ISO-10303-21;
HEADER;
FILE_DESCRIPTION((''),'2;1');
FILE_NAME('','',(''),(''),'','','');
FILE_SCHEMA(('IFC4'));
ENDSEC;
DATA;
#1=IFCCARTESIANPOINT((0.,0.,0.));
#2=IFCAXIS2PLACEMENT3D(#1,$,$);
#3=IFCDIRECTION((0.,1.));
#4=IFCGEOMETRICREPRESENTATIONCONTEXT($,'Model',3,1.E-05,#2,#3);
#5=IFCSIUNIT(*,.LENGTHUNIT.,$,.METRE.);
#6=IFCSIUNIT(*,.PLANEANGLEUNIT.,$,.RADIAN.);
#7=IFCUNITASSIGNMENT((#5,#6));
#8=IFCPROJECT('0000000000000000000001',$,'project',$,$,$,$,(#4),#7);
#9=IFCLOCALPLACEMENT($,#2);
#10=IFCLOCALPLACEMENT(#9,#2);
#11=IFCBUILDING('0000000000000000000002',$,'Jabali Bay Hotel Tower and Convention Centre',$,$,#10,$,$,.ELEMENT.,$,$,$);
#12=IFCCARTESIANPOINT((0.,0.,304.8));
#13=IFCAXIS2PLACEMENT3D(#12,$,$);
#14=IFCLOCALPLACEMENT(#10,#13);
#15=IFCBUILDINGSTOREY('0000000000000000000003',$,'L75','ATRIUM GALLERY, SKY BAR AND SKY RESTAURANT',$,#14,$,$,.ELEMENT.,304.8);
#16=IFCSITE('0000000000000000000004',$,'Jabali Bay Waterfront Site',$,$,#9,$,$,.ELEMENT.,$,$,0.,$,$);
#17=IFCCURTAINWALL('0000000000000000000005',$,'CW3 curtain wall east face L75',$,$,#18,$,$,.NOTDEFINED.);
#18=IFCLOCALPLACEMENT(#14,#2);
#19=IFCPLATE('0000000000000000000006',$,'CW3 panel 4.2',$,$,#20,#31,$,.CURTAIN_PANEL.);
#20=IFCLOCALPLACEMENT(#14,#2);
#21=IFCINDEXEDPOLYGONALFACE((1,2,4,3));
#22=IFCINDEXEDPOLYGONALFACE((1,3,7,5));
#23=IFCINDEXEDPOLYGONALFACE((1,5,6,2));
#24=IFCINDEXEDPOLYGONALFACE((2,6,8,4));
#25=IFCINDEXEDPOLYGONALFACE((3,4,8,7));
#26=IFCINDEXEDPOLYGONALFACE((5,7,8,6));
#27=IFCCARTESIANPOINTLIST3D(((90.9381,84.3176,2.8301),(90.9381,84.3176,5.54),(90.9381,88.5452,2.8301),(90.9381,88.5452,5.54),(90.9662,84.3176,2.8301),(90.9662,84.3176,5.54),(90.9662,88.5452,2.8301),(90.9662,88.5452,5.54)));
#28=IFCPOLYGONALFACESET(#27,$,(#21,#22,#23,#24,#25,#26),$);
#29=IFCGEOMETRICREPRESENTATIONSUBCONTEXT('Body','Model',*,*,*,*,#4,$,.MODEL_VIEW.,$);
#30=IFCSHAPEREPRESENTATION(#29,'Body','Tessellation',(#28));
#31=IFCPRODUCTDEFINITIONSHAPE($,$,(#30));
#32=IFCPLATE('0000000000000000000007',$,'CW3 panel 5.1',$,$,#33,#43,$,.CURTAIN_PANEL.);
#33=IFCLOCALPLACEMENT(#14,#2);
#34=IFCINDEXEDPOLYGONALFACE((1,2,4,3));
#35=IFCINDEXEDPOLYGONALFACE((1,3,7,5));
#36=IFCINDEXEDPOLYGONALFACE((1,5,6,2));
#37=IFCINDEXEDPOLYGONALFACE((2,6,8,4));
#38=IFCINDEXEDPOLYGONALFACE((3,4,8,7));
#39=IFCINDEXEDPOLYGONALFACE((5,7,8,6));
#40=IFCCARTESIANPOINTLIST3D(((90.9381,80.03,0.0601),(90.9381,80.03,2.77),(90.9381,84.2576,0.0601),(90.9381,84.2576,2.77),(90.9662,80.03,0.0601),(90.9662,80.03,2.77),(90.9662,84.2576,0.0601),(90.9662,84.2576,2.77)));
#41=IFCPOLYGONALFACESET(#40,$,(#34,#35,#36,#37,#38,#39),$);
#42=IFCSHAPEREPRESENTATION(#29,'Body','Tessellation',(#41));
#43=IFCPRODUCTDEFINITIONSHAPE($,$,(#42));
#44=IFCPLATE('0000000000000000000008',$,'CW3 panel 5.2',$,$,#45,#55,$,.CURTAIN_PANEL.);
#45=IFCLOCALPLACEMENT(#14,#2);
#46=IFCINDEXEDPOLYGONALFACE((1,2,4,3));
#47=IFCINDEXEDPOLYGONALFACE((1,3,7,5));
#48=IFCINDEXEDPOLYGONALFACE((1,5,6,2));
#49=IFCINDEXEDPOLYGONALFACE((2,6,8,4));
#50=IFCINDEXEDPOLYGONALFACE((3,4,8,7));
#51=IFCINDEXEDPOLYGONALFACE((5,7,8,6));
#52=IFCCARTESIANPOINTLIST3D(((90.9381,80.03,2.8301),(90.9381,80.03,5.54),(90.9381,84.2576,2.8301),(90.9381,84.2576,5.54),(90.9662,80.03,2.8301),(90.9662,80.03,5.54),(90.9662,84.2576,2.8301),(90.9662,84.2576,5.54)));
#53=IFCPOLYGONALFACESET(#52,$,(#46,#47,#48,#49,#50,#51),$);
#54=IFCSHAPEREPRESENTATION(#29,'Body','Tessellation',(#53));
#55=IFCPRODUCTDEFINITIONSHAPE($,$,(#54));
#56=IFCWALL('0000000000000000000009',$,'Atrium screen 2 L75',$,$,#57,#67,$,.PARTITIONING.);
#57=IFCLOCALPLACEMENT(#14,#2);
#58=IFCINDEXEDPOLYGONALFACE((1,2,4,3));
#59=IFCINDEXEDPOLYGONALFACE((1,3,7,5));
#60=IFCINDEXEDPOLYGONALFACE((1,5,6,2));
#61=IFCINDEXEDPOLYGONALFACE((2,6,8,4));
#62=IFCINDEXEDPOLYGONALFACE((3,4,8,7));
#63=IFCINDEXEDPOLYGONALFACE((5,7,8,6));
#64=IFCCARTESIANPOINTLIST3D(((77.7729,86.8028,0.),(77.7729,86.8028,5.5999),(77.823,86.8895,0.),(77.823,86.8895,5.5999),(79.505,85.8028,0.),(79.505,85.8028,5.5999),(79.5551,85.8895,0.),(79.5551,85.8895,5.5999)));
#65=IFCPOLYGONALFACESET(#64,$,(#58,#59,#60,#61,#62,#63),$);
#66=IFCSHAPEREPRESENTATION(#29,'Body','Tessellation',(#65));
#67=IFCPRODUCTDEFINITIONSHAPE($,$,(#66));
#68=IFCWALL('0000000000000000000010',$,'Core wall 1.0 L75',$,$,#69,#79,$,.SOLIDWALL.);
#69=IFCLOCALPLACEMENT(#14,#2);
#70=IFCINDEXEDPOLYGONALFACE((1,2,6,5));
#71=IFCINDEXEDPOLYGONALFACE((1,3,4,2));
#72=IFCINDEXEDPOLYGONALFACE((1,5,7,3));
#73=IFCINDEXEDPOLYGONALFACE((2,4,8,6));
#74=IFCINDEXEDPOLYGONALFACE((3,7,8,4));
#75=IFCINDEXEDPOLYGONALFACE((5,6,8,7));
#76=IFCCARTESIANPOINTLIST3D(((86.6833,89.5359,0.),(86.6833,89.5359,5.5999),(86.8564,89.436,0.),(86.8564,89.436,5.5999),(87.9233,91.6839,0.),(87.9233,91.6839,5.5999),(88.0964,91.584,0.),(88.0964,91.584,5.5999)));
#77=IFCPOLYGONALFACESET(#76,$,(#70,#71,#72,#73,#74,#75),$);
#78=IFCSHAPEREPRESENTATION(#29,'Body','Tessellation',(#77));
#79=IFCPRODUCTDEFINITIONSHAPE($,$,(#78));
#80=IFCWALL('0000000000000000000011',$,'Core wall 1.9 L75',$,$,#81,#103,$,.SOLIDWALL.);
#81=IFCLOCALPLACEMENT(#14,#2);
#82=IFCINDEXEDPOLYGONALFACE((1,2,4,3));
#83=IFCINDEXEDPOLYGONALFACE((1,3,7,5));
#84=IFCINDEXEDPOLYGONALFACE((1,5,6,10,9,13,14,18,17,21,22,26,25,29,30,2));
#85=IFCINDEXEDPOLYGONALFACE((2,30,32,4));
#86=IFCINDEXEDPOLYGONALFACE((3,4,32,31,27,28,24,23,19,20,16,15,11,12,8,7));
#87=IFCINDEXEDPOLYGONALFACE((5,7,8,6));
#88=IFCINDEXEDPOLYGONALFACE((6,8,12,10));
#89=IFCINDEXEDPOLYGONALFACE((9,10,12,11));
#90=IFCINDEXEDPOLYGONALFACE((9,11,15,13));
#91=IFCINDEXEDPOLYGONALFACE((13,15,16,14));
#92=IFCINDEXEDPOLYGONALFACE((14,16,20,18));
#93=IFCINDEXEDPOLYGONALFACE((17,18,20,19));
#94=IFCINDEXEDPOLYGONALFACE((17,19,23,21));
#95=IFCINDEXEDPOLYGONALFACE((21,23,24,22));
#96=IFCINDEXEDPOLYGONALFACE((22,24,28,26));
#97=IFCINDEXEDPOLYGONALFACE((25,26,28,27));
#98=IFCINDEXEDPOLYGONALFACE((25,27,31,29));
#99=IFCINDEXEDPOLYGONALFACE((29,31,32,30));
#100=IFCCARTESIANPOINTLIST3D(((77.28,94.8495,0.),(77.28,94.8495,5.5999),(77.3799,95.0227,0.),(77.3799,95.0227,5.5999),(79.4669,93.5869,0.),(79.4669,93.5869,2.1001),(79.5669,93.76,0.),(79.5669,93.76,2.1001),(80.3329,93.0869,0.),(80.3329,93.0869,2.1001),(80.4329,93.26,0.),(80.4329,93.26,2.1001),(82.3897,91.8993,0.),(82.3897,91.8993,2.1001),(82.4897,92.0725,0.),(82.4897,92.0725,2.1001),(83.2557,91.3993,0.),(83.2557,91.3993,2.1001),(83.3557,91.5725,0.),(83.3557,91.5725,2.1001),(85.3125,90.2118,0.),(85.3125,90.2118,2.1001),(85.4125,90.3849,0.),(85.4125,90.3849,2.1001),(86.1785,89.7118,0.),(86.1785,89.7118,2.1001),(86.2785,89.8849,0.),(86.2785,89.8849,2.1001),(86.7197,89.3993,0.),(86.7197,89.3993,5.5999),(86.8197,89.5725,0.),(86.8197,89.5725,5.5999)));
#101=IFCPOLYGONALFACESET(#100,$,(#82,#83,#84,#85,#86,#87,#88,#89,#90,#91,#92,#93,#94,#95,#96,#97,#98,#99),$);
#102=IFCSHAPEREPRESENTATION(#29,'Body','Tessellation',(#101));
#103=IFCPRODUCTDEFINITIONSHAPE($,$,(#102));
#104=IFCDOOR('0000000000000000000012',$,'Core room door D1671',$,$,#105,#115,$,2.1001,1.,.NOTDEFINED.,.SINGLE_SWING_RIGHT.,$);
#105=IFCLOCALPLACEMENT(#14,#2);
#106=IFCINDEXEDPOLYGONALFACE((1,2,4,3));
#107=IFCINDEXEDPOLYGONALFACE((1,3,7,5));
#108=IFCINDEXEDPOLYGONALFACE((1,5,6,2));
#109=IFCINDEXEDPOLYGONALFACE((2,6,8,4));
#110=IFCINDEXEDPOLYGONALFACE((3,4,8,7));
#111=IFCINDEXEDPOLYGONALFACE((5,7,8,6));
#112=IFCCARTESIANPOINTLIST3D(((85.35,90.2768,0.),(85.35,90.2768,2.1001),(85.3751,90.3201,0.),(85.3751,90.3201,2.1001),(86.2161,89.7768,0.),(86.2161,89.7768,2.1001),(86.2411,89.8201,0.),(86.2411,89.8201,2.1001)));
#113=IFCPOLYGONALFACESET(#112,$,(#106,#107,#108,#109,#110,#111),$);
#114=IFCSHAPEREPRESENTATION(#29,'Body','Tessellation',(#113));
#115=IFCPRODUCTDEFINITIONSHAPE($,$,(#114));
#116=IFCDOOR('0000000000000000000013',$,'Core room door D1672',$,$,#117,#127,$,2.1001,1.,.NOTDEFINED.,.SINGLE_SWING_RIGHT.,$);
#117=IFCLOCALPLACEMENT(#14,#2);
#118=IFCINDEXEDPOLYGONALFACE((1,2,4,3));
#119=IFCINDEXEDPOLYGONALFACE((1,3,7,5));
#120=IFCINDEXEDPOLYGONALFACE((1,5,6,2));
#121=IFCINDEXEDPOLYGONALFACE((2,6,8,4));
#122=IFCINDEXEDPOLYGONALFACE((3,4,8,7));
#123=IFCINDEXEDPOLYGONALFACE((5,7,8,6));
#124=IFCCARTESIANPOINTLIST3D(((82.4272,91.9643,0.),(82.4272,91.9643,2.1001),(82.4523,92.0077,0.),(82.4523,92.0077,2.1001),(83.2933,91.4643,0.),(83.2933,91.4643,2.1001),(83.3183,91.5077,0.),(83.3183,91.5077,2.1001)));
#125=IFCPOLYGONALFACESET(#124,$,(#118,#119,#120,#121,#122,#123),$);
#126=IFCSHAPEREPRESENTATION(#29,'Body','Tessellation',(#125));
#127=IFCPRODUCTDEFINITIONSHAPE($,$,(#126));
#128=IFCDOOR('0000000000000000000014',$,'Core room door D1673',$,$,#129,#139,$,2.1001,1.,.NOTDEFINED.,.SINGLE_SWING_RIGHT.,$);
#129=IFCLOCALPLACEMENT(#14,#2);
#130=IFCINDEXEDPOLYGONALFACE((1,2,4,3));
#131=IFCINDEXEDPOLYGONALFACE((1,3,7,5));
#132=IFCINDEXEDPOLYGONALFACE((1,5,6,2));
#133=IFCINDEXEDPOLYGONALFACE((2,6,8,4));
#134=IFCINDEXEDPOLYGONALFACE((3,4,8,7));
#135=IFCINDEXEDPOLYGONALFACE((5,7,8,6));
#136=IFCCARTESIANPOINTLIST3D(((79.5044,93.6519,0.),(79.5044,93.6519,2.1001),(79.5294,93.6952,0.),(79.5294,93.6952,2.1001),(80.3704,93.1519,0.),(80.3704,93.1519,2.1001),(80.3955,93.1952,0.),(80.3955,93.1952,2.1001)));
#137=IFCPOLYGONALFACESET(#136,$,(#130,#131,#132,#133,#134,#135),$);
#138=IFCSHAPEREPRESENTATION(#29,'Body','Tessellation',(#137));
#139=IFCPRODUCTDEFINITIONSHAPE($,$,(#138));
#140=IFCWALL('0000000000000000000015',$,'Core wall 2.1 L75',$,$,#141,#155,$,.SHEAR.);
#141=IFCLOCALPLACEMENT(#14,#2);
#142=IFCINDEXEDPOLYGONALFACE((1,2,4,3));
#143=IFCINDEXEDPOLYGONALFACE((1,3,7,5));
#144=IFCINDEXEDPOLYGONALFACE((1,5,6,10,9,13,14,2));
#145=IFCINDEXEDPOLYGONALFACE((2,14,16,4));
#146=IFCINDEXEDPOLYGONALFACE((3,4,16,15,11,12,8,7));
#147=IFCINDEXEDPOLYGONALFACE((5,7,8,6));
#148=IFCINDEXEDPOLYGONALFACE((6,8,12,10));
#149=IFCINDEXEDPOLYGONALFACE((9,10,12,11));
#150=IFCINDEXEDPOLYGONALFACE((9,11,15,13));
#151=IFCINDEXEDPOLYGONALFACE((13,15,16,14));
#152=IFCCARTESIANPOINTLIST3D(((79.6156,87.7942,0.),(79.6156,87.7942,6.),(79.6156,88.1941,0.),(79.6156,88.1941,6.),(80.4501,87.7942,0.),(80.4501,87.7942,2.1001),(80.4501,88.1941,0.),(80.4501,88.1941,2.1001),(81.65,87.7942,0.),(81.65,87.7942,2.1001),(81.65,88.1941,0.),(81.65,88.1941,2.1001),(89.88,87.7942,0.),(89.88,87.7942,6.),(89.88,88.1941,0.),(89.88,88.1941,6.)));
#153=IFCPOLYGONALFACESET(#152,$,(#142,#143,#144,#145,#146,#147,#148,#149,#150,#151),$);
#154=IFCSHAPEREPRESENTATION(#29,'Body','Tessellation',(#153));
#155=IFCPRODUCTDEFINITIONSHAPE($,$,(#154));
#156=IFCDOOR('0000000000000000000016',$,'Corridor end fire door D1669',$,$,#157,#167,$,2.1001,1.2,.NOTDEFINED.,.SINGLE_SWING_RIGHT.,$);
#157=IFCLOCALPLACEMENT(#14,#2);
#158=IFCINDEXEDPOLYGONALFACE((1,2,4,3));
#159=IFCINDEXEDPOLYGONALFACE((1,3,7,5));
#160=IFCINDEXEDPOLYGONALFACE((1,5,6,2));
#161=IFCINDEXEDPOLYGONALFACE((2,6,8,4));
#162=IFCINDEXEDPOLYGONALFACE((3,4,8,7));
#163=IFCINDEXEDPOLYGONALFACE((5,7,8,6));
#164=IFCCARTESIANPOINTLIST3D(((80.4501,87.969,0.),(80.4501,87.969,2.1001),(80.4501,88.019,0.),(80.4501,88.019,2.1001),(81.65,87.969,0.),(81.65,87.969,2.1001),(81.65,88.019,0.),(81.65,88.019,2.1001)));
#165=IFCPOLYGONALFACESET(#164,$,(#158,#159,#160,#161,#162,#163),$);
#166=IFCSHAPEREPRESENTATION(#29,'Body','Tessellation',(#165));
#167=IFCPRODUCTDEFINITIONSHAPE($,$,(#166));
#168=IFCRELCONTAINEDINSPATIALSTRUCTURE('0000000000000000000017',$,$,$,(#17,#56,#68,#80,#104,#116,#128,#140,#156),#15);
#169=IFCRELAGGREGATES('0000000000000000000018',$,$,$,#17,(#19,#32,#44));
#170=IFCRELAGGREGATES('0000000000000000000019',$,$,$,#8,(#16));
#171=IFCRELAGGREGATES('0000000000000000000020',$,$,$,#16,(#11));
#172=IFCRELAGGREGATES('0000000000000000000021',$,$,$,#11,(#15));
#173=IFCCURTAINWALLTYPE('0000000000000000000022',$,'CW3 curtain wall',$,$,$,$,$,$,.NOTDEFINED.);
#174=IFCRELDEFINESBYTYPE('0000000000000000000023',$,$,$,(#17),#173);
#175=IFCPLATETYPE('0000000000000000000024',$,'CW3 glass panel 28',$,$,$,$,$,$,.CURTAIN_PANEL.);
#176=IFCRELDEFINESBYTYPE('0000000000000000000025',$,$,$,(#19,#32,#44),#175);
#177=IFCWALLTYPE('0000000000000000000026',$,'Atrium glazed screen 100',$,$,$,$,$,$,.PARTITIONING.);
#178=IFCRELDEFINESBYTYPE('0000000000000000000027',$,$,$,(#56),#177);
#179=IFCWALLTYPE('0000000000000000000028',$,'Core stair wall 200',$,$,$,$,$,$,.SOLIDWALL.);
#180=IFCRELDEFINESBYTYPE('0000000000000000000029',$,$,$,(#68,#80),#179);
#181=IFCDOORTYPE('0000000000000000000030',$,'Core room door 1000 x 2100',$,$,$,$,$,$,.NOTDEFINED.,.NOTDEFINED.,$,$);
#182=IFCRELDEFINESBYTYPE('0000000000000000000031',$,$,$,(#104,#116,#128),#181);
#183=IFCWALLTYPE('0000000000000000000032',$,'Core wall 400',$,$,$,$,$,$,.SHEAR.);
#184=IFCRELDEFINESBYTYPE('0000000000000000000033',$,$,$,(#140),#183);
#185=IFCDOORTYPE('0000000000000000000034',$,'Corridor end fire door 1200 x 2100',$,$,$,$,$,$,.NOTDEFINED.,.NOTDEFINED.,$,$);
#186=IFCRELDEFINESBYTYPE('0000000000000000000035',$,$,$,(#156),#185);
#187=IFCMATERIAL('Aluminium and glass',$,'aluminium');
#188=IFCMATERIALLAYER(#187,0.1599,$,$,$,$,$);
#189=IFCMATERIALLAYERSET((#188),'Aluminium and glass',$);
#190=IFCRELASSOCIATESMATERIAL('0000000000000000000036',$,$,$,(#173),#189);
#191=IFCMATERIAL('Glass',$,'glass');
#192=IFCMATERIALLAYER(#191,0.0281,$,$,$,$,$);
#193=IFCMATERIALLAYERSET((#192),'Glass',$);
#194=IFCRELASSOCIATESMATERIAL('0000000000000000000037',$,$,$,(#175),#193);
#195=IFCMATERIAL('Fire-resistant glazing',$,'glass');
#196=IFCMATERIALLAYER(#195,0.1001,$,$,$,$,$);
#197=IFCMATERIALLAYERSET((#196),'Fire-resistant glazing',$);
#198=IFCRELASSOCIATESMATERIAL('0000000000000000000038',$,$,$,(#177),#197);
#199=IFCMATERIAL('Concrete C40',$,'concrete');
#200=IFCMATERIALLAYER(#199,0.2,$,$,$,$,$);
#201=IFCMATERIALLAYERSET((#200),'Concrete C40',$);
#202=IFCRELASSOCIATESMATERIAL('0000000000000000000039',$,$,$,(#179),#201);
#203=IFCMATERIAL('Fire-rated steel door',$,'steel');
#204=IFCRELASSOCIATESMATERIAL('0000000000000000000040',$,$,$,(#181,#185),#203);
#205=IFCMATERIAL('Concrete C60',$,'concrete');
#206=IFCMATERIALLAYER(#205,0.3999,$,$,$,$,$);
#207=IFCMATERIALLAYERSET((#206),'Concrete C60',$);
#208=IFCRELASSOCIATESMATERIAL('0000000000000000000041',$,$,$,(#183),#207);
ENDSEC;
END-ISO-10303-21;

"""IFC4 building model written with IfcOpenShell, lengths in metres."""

from ifc_helpers import new_model, si_unit, direction, frame, frame_2d, origin, origin_2d, place, context, subcontext, project, spatial, rectangle, extrude, material, layer, layer_set, type_object, element, fill, aggregate, save


model = new_model("IFC4")

# Units and contexts
model_context = context("Model", 3, precision=1e-05, world=origin(), true_north=direction((0.0, 1.0)))
body_context = subcontext(model_context, "Body", "Model", "MODEL_VIEW")
ifc_project = project(units=[si_unit("LENGTHUNIT", "METRE"), si_unit("PLANEANGLEUNIT", "RADIAN")], contexts=[model_context])

# Site, building, storey
site_placement = place(None, origin())
site = spatial("IfcSite", under=ifc_project, at=site_placement, Name="Jabali Bay Waterfront Site", CompositionType="ELEMENT", RefElevation=0.0)
building_placement = place(site_placement, origin())
building = spatial("IfcBuilding", under=site, at=building_placement, Name="Jabali Bay Hotel Tower and Convention Centre", CompositionType="ELEMENT")
storey_placement = place(building_placement, frame((0.0, 0.0, 304.8)))
storey = spatial("IfcBuildingStorey", under=building, at=storey_placement, Name="L75", Description="ATRIUM GALLERY, SKY BAR AND SKY RESTAURANT", CompositionType="ELEMENT", Elevation=304.8)

# Shared definitions
ifc_material_1 = material(Name="Concrete C60", Category="concrete")

# Curtain wall, plates
ifc_material_2 = material(Name="Aluminium and glass", Category="aluminium")
ifc_layer_1 = layer(ifc_material_2, 0.1599)
ifc_layer_set_1 = layer_set([ifc_layer_1], Name="Aluminium and glass")
curtain_wall_type = type_object("IfcCurtainWallType", Name="CW3 curtain wall", PredefinedType="NOTDEFINED", material=ifc_layer_set_1)
curtain_wall_placement = place(storey_placement, origin())
curtain_wall = element("IfcCurtainWall", 1, at=curtain_wall_placement, inside=storey, type_object=curtain_wall_type, Name="CW3 curtain wall east face L75", PredefinedType="NOTDEFINED")
ifc_material_3 = material(Name="Glass", Category="glass")
ifc_layer_2 = layer(ifc_material_3, 0.0281)
ifc_layer_set_2 = layer_set([ifc_layer_2], Name="Glass")
plate_type = type_object("IfcPlateType", Name="CW3 glass panel 28", PredefinedType="CURTAIN_PANEL", material=ifc_layer_set_2)
plate_1_placement = place(storey_placement, frame((90.9521, 86.4314, 2.8301), z_axis=(0.0, 0.0, 1.0), x_axis=(0.0, -1.0, 0.0)))
plate_1 = element("IfcPlate", 2, at=plate_1_placement, type_object=plate_type, Name="CW3 panel 4.2", PredefinedType="CURTAIN_PANEL", context=body_context, shape_type="SweptSolid", body=[
    extrude(rectangle(XDim=4.2275, YDim=0.0281, at=origin_2d()), origin(), (0.0, 0.0, 1.0), 2.71),
])
plate_2_placement = place(storey_placement, frame((90.9521, 82.1438, 0.0601), z_axis=(0.0, 0.0, 1.0), x_axis=(0.0, -1.0, 0.0)))
plate_2 = element("IfcPlate", 3, at=plate_2_placement, type_object=plate_type, Name="CW3 panel 5.1", PredefinedType="CURTAIN_PANEL", context=body_context, shape_type="SweptSolid", body=[
    extrude(rectangle(XDim=4.2275, YDim=0.0281, at=origin_2d()), origin(), (0.0, 0.0, 1.0), 2.71),
])
plate_3_placement = place(storey_placement, frame((90.9521, 82.1438, 2.8301), z_axis=(0.0, 0.0, 1.0), x_axis=(0.0, -1.0, 0.0)))
plate_3 = element("IfcPlate", 4, at=plate_3_placement, type_object=plate_type, Name="CW3 panel 5.2", PredefinedType="CURTAIN_PANEL", context=body_context, shape_type="SweptSolid", body=[
    extrude(rectangle(XDim=4.2275, YDim=0.0281, at=origin_2d()), origin(), (0.0, 0.0, 1.0), 2.71),
])
aggregate(curtain_wall, [plate_1, plate_2, plate_3])

# Walls
ifc_material_4 = material(Name="Fire-resistant glazing", Category="glass")
ifc_layer_3 = layer(ifc_material_4, 0.1001)
ifc_layer_set_3 = layer_set([ifc_layer_3], Name="Fire-resistant glazing")
wall_type_1 = type_object("IfcWallType", Name="Atrium glazed screen 100", PredefinedType="PARTITIONING", material=ifc_layer_set_3)
wall_1_placement = place(storey_placement, frame((79.53, 85.8462, 0.0), z_axis=(0.0, 0.0, 1.0), x_axis=(-0.866041, 0.499973, 0.0)))
element("IfcWall", 5, at=wall_1_placement, inside=storey, type_object=wall_type_1, Name="Atrium screen 2 L75", PredefinedType="PARTITIONING", context=body_context, shape_type="SweptSolid", body=[
    extrude(rectangle(XDim=2.0, YDim=0.1001, at=frame_2d((1.0, 0.0))), origin(), (0.0, 0.0, 1.0), 5.5999),
])
ifc_material_5 = material(Name="Concrete C40", Category="concrete")
ifc_layer_4 = layer(ifc_material_5, 0.2)
ifc_layer_set_4 = layer_set([ifc_layer_4], Name="Concrete C40")
wall_type_2 = type_object("IfcWallType", Name="Core stair wall 200", PredefinedType="SOLIDWALL", material=ifc_layer_set_4)
wall_2_placement = place(storey_placement, frame((86.7698, 89.4858, 0.0), z_axis=(0.0, 0.0, 1.0), x_axis=(0.499961, 0.866048, 0.0)))
element("IfcWall", 6, at=wall_2_placement, inside=storey, type_object=wall_type_2, Name="Core wall 1.0 L75", PredefinedType="SOLIDWALL", context=body_context, shape_type="SweptSolid", body=[
    extrude(rectangle(XDim=2.4802, YDim=0.2, at=frame_2d((1.2402, 0.0))), origin(), (0.0, 0.0, 1.0), 5.5999),
])

# Wall, openings, doors
wall_3_placement = place(storey_placement, frame((86.7698, 89.4858, 0.0), z_axis=(0.0, 0.0, 1.0), x_axis=(-0.866018, 0.500013, 0.0)))
wall_3 = element("IfcWall", 7, at=wall_3_placement, inside=storey, type_object=wall_type_2, Name="Core wall 1.9 L75", PredefinedType="SOLIDWALL", context=body_context, shape_type="SweptSolid", body=[
    extrude(rectangle(XDim=10.9001, YDim=0.2, at=frame_2d((5.4502, 0.0))), origin(), (0.0, 0.0, 1.0), 5.5999),
])
opening_1_placement = place(wall_3_placement, frame((0.625, 0.0, 0.0)))
opening_1 = element("IfcOpeningElement", 8, at=opening_1_placement, cuts=wall_3, PredefinedType="OPENING", context=body_context, shape_type="SweptSolid", body=[
    extrude(rectangle(XDim=1.0, YDim=2.1001, at=frame_2d((0.5, 1.05))), frame((0.0, 0.1104, 0.0), z_axis=(0.0, -1.0, 0.0), x_axis=(1.0, 0.0, 0.0)), (0.0, 0.0, 1.0), 0.2209),
])
opening_2_placement = place(wall_3_placement, frame((4.0, 0.0, 0.0)))
opening_2 = element("IfcOpeningElement", 9, at=opening_2_placement, cuts=wall_3, PredefinedType="OPENING", context=body_context, shape_type="SweptSolid", body=[
    extrude(rectangle(XDim=1.0, YDim=2.1001, at=frame_2d((0.5, 1.05))), frame((0.0, 0.1104, 0.0), z_axis=(0.0, -1.0, 0.0), x_axis=(1.0, 0.0, 0.0)), (0.0, 0.0, 1.0), 0.2209),
])
opening_3_placement = place(wall_3_placement, frame((7.375, 0.0, 0.0)))
opening_3 = element("IfcOpeningElement", 10, at=opening_3_placement, cuts=wall_3, PredefinedType="OPENING", context=body_context, shape_type="SweptSolid", body=[
    extrude(rectangle(XDim=1.0, YDim=2.1001, at=frame_2d((0.5, 1.05))), frame((0.0, 0.1104, 0.0), z_axis=(0.0, -1.0, 0.0), x_axis=(1.0, 0.0, 0.0)), (0.0, 0.0, 1.0), 0.2209),
])
ifc_material_6 = material(Name="Fire-rated steel door", Category="steel")
door_type_1 = type_object("IfcDoorType", Name="Core room door 1000 x 2100", OperationType="NOTDEFINED", PredefinedType="NOTDEFINED", material=ifc_material_6)
door_1_placement = place(opening_1_placement, origin())
door_1 = element("IfcDoor", 11, at=door_1_placement, inside=storey, type_object=door_type_1, Name="Core room door D1671", OperationType="SINGLE_SWING_RIGHT", OverallHeight=2.1001, OverallWidth=1.0, PredefinedType="NOTDEFINED", context=body_context, shape_type="SweptSolid", body=[
    extrude(rectangle(XDim=1.0, YDim=2.1001, at=frame_2d((0.5, 1.05))), frame((0.0, 0.0249, 0.0), z_axis=(0.0, -1.0, 0.0), x_axis=(1.0, 0.0, 0.0)), (0.0, 0.0, 1.0), 0.05),
])
fill(opening_1, door_1)
door_2_placement = place(opening_2_placement, origin())
door_2 = element("IfcDoor", 12, at=door_2_placement, inside=storey, type_object=door_type_1, Name="Core room door D1672", OperationType="SINGLE_SWING_RIGHT", OverallHeight=2.1001, OverallWidth=1.0, PredefinedType="NOTDEFINED", context=body_context, shape_type="SweptSolid", body=[
    extrude(rectangle(XDim=1.0, YDim=2.1001, at=frame_2d((0.5, 1.05))), frame((0.0, 0.0249, 0.0), z_axis=(0.0, -1.0, 0.0), x_axis=(1.0, 0.0, 0.0)), (0.0, 0.0, 1.0), 0.05),
])
fill(opening_2, door_2)
door_3_placement = place(opening_3_placement, origin())
door_3 = element("IfcDoor", 13, at=door_3_placement, inside=storey, type_object=door_type_1, Name="Core room door D1673", OperationType="SINGLE_SWING_RIGHT", OverallHeight=2.1001, OverallWidth=1.0, PredefinedType="NOTDEFINED", context=body_context, shape_type="SweptSolid", body=[
    extrude(rectangle(XDim=1.0, YDim=2.1001, at=frame_2d((0.5, 1.05))), frame((0.0, 0.0249, 0.0), z_axis=(0.0, -1.0, 0.0), x_axis=(1.0, 0.0, 0.0)), (0.0, 0.0, 1.0), 0.05),
])
fill(opening_3, door_3)

# Wall, opening, door
ifc_layer_5 = layer(ifc_material_1, 0.3999)
ifc_layer_set_5 = layer_set([ifc_layer_5], Name="Concrete C60")
wall_type_3 = type_object("IfcWallType", Name="Core wall 400", PredefinedType="SHEAR", material=ifc_layer_set_5)
wall_4_placement = place(storey_placement, frame((79.6155, 87.9941, 0.0), z_axis=(0.0, 0.0, 1.0), x_axis=(1.0, 0.0, 0.0)))
wall_4 = element("IfcWall", 14, at=wall_4_placement, inside=storey, type_object=wall_type_3, Name="Core wall 2.1 L75", PredefinedType="SHEAR", context=body_context, shape_type="SweptSolid", body=[
    extrude(rectangle(XDim=10.2644, YDim=0.3999, at=frame_2d((5.1323, 0.0))), origin(), (0.0, 0.0, 1.0), 6.0),
])
opening_4_placement = place(wall_4_placement, frame((0.8345, 0.0, 0.0)))
opening_4 = element("IfcOpeningElement", 15, at=opening_4_placement, cuts=wall_4, PredefinedType="OPENING", context=body_context, shape_type="SweptSolid", body=[
    extrude(rectangle(XDim=1.2, YDim=2.1001, at=frame_2d((0.6001, 1.05))), frame((0.0, 0.2104, 0.0), z_axis=(0.0, -1.0, 0.0), x_axis=(1.0, 0.0, 0.0)), (0.0, 0.0, 1.0), 0.4209),
])
door_type_2 = type_object("IfcDoorType", Name="Corridor end fire door 1200 x 2100", OperationType="NOTDEFINED", PredefinedType="NOTDEFINED", material=ifc_material_6)
door_4_placement = place(opening_4_placement, origin())
door_4 = element("IfcDoor", 16, at=door_4_placement, inside=storey, type_object=door_type_2, Name="Corridor end fire door D1669", OperationType="SINGLE_SWING_RIGHT", OverallHeight=2.1001, OverallWidth=1.2, PredefinedType="NOTDEFINED", context=body_context, shape_type="SweptSolid", body=[
    extrude(rectangle(XDim=1.2, YDim=2.1001, at=frame_2d((0.6001, 1.05))), frame((0.0, 0.0249, 0.0), z_axis=(0.0, -1.0, 0.0), x_axis=(1.0, 0.0, 0.0)), (0.0, 0.0, 1.0), 0.05),
])
fill(opening_4, door_4)

save(model, "model.ifc")
